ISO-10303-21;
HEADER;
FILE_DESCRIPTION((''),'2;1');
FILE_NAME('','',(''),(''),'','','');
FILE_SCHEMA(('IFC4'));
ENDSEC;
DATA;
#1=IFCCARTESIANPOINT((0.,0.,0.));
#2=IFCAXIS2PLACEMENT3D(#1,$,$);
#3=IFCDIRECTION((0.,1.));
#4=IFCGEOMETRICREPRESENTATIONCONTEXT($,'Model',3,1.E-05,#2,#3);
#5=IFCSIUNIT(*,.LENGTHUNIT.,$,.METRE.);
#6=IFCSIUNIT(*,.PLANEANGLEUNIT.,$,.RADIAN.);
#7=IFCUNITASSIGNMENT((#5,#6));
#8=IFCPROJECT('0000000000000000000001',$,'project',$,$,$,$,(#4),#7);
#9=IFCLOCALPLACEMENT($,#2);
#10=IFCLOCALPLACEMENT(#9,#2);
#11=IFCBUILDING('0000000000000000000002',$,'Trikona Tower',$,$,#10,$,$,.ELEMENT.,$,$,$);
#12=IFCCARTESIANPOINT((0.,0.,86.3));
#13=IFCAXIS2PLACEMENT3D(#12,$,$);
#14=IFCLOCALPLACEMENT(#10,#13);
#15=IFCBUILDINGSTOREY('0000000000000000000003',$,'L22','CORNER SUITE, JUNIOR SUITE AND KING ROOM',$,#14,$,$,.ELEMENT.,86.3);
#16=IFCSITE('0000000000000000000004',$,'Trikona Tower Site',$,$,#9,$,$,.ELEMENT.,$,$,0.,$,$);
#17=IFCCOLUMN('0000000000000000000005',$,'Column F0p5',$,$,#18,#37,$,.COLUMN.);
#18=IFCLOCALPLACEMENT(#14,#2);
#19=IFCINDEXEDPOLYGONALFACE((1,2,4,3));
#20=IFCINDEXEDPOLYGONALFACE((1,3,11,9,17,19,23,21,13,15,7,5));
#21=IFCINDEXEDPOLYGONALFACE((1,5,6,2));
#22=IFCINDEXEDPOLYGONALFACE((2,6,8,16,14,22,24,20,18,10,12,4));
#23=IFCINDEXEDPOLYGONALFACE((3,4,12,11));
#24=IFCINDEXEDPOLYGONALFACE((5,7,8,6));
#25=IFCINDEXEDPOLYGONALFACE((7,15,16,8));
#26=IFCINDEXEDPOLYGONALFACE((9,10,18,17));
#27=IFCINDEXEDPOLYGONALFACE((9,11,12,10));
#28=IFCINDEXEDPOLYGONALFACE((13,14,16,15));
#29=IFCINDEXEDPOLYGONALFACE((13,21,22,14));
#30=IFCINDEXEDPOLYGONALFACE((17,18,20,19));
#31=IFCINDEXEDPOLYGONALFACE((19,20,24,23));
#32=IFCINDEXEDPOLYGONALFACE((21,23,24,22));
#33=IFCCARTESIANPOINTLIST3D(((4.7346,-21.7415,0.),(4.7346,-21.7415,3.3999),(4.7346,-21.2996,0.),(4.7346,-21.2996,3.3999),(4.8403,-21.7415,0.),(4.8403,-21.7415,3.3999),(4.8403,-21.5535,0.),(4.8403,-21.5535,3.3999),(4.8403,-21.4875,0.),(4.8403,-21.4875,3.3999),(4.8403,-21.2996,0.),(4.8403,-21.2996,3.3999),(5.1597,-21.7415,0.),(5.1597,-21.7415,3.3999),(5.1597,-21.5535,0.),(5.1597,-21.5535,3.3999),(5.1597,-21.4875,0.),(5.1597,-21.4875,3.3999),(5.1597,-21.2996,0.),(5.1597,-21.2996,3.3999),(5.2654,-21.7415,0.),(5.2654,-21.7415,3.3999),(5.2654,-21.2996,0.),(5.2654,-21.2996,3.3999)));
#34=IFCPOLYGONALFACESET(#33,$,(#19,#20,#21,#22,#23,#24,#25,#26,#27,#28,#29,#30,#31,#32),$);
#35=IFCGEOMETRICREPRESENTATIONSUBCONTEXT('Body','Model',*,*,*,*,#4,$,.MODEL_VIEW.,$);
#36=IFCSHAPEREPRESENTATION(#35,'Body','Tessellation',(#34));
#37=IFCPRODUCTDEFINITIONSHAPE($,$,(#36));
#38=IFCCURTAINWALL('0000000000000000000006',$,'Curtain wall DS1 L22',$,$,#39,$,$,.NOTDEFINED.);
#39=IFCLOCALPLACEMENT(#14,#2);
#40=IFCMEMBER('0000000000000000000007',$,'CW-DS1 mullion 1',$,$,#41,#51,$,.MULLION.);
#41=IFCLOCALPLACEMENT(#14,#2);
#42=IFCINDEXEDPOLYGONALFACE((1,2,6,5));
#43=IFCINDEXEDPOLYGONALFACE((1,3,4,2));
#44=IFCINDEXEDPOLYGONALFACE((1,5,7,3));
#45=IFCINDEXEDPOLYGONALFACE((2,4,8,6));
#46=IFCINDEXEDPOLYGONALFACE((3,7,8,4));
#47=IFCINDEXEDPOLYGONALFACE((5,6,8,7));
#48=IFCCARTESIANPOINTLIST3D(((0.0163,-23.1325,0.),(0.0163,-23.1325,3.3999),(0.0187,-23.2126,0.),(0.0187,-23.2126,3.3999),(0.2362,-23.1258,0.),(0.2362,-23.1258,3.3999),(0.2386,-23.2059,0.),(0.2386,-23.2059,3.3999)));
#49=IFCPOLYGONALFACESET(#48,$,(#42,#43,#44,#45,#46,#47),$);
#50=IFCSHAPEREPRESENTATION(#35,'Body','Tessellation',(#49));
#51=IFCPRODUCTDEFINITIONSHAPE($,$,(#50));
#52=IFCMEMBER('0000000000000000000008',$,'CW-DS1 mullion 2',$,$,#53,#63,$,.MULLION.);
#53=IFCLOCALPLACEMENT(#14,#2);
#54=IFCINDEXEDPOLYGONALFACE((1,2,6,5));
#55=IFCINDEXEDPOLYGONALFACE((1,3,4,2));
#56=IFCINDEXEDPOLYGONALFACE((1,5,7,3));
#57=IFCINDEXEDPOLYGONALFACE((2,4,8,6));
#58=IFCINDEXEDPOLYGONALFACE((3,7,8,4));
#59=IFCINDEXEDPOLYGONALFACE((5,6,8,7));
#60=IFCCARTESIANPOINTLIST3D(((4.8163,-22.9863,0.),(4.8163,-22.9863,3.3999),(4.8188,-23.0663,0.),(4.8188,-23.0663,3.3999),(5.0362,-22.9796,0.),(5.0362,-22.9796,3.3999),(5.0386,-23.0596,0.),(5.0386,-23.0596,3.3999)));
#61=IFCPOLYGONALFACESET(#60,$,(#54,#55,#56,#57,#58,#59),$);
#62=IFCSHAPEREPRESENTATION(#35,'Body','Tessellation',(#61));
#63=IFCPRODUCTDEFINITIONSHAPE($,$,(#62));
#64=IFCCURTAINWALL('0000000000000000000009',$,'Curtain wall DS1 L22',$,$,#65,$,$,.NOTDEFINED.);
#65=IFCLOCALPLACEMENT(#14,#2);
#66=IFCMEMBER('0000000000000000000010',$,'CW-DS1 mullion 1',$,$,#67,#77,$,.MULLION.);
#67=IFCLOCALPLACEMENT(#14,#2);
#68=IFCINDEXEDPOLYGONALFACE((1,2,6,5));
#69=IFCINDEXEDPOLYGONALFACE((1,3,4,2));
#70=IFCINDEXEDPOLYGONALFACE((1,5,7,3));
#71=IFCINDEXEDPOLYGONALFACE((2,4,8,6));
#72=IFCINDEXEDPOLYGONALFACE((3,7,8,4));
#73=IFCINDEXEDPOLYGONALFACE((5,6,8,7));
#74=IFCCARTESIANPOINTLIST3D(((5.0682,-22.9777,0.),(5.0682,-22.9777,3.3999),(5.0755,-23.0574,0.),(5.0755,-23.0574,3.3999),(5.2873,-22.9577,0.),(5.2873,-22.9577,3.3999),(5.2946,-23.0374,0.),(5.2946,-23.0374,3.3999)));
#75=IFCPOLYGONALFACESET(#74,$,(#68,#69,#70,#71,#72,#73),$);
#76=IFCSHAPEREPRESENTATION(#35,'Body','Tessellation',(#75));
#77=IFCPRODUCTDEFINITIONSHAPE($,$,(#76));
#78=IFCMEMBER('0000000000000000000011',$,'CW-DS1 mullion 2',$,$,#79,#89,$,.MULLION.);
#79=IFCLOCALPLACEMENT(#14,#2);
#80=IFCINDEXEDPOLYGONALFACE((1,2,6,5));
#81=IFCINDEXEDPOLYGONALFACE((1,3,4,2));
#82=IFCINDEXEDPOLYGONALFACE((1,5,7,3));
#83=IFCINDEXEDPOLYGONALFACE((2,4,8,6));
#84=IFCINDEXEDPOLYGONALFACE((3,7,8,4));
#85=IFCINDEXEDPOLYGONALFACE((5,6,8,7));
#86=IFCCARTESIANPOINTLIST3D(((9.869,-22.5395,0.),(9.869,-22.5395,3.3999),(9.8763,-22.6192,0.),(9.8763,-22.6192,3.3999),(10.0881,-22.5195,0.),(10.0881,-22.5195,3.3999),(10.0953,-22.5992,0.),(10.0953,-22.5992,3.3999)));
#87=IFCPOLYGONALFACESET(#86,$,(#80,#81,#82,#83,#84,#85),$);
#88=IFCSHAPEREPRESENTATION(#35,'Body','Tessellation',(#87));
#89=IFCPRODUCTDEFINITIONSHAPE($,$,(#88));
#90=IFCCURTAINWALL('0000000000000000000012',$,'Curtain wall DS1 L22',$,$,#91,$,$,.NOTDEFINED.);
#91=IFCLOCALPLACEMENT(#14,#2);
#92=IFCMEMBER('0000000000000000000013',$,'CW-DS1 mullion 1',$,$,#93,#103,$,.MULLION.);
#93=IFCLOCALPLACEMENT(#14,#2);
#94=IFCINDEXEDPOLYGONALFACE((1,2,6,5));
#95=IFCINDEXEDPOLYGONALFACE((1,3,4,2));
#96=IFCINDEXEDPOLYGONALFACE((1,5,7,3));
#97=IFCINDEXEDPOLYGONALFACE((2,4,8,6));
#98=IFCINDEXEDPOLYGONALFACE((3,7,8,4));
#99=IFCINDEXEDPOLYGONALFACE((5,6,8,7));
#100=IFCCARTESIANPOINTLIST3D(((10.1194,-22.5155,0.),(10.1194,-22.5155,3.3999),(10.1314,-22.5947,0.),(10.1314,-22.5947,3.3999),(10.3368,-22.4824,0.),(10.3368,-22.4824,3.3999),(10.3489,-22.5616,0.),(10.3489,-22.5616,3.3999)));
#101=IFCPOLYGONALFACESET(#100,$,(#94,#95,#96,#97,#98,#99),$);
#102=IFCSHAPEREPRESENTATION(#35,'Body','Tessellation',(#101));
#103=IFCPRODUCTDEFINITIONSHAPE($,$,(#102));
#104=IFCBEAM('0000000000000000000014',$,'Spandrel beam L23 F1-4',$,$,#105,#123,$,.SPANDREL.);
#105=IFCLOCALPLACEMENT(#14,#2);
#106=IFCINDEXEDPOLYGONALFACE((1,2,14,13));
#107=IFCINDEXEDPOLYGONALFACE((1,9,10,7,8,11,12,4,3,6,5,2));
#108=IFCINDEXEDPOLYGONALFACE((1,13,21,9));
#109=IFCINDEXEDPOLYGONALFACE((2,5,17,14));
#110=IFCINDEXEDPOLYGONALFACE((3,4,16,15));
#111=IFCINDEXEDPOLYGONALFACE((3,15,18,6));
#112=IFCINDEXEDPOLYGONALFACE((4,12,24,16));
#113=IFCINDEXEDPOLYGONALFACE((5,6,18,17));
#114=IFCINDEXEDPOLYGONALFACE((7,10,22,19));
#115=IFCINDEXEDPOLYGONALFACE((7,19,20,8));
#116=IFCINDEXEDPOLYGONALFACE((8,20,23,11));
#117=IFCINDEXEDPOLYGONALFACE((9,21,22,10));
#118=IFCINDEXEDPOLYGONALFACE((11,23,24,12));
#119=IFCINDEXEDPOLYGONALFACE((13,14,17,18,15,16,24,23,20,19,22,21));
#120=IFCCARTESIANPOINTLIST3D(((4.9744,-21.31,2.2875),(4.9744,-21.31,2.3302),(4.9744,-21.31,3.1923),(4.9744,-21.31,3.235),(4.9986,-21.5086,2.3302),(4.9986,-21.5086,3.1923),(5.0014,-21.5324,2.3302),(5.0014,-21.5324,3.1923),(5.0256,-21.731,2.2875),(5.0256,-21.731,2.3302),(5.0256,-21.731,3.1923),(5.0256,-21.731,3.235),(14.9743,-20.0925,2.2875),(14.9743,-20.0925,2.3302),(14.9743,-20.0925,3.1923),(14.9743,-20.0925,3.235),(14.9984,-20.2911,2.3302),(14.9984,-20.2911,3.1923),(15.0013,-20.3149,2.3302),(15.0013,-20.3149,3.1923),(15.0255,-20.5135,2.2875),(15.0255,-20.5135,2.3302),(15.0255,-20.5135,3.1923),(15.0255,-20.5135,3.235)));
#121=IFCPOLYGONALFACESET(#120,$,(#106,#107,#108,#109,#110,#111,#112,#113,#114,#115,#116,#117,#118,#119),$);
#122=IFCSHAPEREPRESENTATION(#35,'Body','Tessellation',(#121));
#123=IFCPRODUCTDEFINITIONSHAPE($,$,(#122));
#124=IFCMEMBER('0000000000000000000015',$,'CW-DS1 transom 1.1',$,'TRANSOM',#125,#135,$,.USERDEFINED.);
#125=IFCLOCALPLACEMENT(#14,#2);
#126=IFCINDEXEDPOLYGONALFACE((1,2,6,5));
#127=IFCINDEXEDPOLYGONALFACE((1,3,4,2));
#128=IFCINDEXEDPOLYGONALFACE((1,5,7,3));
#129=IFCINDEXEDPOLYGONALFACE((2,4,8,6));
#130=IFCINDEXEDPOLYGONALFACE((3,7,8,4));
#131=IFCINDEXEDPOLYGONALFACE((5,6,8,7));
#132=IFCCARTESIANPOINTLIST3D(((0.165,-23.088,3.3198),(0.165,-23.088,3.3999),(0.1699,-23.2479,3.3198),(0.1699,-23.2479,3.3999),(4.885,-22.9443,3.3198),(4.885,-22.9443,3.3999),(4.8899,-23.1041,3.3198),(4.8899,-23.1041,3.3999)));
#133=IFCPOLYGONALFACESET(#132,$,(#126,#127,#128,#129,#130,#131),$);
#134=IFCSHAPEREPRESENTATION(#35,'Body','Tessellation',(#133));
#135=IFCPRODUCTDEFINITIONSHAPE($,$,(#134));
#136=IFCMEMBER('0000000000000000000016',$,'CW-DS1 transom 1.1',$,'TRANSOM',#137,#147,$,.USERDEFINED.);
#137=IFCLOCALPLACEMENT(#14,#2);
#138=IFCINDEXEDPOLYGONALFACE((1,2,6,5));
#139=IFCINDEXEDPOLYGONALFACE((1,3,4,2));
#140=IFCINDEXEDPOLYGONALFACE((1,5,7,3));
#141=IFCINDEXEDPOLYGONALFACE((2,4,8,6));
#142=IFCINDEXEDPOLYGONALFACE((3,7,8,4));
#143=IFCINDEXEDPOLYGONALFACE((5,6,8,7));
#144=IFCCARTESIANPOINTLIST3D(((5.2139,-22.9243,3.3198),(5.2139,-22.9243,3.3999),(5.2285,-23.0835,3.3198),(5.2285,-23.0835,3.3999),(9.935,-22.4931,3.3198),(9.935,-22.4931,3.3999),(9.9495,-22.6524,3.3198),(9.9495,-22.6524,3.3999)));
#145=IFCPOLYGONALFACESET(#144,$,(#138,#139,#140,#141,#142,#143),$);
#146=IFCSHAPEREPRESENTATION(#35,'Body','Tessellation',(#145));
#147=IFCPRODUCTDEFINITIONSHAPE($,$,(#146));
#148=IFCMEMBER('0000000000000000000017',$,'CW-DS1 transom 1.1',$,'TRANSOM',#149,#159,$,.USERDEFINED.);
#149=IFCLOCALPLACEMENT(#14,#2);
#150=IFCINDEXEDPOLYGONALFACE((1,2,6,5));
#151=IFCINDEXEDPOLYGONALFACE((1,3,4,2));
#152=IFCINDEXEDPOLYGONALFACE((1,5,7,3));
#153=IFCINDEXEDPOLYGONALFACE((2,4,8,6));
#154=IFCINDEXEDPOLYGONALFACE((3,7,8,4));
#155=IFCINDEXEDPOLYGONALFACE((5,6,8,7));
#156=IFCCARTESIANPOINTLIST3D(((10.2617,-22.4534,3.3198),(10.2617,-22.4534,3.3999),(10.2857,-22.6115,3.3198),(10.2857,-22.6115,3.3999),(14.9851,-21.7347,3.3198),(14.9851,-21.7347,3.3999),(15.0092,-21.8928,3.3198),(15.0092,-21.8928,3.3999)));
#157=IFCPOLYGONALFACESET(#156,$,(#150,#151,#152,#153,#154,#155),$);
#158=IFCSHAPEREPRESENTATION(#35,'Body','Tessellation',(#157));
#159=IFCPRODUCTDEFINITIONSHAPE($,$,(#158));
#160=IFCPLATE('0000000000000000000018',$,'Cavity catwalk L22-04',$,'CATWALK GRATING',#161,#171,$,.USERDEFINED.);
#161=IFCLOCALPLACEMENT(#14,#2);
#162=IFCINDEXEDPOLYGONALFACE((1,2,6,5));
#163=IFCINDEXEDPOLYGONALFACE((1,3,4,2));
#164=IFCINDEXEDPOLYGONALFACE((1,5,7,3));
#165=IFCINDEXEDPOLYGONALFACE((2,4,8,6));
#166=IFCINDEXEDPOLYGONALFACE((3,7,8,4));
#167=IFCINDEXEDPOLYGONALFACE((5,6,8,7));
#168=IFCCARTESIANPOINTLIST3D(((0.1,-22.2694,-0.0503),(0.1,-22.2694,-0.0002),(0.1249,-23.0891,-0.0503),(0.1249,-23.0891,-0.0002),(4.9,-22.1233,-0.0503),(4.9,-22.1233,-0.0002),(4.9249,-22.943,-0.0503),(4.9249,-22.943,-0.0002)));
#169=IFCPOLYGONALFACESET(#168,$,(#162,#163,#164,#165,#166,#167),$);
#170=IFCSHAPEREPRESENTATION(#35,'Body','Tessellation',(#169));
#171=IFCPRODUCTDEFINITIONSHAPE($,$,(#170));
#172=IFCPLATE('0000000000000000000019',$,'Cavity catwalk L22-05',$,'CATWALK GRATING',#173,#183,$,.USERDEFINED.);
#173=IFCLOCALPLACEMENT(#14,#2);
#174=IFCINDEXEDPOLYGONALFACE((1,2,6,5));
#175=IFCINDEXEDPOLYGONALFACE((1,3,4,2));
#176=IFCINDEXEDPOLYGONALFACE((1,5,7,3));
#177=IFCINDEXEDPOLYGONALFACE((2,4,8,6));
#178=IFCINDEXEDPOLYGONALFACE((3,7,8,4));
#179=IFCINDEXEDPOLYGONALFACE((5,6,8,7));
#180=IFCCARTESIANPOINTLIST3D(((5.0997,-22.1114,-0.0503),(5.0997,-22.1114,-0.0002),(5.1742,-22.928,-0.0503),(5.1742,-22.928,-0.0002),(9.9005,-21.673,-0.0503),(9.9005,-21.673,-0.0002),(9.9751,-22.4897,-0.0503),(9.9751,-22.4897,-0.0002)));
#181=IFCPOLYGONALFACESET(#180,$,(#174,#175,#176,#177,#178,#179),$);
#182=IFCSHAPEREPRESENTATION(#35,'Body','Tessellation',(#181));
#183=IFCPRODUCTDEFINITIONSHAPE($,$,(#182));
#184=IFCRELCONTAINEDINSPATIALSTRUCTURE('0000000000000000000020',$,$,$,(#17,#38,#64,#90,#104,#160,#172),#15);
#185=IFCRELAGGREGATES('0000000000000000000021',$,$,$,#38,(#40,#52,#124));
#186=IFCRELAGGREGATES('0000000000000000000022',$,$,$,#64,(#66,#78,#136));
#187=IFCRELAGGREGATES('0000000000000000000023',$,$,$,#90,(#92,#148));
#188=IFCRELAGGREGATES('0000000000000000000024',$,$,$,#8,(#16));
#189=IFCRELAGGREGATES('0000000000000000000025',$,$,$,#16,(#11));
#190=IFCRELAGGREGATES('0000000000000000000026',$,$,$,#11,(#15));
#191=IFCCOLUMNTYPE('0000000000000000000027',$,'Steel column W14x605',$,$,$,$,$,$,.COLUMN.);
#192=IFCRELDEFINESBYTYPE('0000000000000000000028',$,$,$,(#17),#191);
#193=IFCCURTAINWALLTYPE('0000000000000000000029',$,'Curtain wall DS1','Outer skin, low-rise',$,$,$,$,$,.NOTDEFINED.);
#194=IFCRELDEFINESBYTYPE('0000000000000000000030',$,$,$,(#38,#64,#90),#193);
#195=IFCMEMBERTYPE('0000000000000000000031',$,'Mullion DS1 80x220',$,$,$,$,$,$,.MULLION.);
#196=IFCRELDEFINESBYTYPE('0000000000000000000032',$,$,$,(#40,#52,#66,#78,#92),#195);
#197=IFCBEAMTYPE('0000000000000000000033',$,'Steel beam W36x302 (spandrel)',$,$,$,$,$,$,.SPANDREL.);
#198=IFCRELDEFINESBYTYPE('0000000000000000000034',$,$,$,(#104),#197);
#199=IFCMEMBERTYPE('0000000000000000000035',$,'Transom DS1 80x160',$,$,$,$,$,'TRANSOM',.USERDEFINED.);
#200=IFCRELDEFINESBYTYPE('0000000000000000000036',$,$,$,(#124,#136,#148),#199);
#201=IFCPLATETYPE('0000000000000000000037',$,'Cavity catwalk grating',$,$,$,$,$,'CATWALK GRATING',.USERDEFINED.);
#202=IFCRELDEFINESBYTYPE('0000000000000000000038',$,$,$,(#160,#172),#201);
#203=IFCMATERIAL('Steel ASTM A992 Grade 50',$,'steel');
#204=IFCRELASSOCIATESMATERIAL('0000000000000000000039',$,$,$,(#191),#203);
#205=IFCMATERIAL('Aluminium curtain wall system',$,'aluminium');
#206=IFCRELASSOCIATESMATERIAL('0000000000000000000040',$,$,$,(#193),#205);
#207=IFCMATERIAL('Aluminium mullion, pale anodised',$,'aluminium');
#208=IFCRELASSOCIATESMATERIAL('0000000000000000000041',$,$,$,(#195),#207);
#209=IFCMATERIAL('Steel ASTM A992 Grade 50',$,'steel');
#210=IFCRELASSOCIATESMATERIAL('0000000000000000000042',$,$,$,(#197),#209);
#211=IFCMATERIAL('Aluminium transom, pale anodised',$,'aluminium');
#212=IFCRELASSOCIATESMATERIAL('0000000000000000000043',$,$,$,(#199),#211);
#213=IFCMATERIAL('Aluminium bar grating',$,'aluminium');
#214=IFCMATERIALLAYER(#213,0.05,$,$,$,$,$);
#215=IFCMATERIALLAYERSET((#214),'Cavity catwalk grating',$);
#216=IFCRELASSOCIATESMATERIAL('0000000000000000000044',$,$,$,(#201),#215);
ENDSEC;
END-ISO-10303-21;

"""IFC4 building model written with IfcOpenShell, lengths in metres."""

from ifc_helpers import new_model, si_unit, direction, frame, origin, origin_2d, place, context, subcontext, project, spatial, rectangle, i_section, extrude, material, layer, layer_set, material_profile, profile_set, type_object, element, aggregate, save


model = new_model("IFC4")

# Units and contexts
model_context = context("Model", 3, precision=1e-05, world=origin(), true_north=direction((0.0, 1.0)))
body_context = subcontext(model_context, "Body", "Model", "MODEL_VIEW")
ifc_project = project(units=[si_unit("LENGTHUNIT", "METRE"), si_unit("PLANEANGLEUNIT", "RADIAN")], contexts=[model_context])

# Site, building, storey
site_placement = place(None, origin())
site = spatial("IfcSite", under=ifc_project, at=site_placement, Name="Trikona Tower Site", CompositionType="ELEMENT", RefElevation=0.0)
building_placement = place(site_placement, origin())
building = spatial("IfcBuilding", under=site, at=building_placement, Name="Trikona Tower", CompositionType="ELEMENT")
storey_placement = place(building_placement, frame((0.0, 0.0, 86.3)))
storey = spatial("IfcBuildingStorey", under=building, at=storey_placement, Name="L22", Description="CORNER SUITE, JUNIOR SUITE AND KING ROOM", CompositionType="ELEMENT", Elevation=86.3)

# Column
ifc_material_1 = material(Name="Steel ASTM A992 Grade 50", Category="steel")
ifc_material_profile_1 = material_profile(ifc_material_1, i_section(OverallWidth=0.4419, OverallDepth=0.5308, WebThickness=0.0659, FlangeThickness=0.1057, at=origin_2d()), Name="W14X605")
ifc_profile_set_1 = profile_set([ifc_material_profile_1], Name="Steel ASTM A992 Grade 50")
column_type = type_object("IfcColumnType", Name="Steel column W14x605", PredefinedType="COLUMN", material=ifc_profile_set_1)
column_placement = place(storey_placement, frame((5.0, -21.5205, 0.0), z_axis=(0.0, 0.0, 1.0), x_axis=(0.0, -1.0, 0.0)))
element("IfcColumn", 1, at=column_placement, inside=storey, type_object=column_type, Name="Column F0p5", PredefinedType="COLUMN", context=body_context, shape_type="SweptSolid", body=[
    extrude(i_section(OverallWidth=0.4419, OverallDepth=0.5308, WebThickness=0.0659, FlangeThickness=0.1057, at=origin_2d()), origin(), (0.0, 0.0, 1.0), 3.3999),
])

# Curtain walls, members
ifc_material_2 = material(Name="Aluminium curtain wall system", Category="aluminium")
curtain_wall_type = type_object("IfcCurtainWallType", Name="Curtain wall DS1", Description="Outer skin, low-rise", PredefinedType="NOTDEFINED", material=ifc_material_2)
curtain_wall_1_placement = place(storey_placement, origin())
curtain_wall_1 = element("IfcCurtainWall", 2, at=curtain_wall_1_placement, inside=storey, type_object=curtain_wall_type, Name="Curtain wall DS1 L22", PredefinedType="NOTDEFINED")
ifc_material_3 = material(Name="Aluminium mullion, pale anodised", Category="aluminium")
ifc_material_profile_2 = material_profile(ifc_material_3, rectangle(XDim=0.0801, YDim=0.22, at=origin_2d()), Name="MUL-DS1")
ifc_profile_set_2 = profile_set([ifc_material_profile_2], Name="Aluminium mullion, pale anodised")
member_type_1 = type_object("IfcMemberType", Name="Mullion DS1 80x220", PredefinedType="MULLION", material=ifc_profile_set_2)
member_1_placement = place(storey_placement, frame((0.1274, -23.1692, 0.0), z_axis=(0.0, 0.0, 1.0), x_axis=(-0.030437, 0.999537, 0.0)))
member_1 = element("IfcMember", 3, at=member_1_placement, type_object=member_type_1, Name="CW-DS1 mullion 1", PredefinedType="MULLION", context=body_context, shape_type="SweptSolid", body=[
    extrude(rectangle(XDim=0.0801, YDim=0.22, at=origin_2d()), origin(), (0.0, 0.0, 1.0), 3.3999),
])
member_2_placement = place(storey_placement, frame((4.9275, -23.0229, 0.0), z_axis=(0.0, 0.0, 1.0), x_axis=(-0.030437, 0.999537, 0.0)))
member_2 = element("IfcMember", 4, at=member_2_placement, type_object=member_type_1, Name="CW-DS1 mullion 2", PredefinedType="MULLION", context=body_context, shape_type="SweptSolid", body=[
    extrude(rectangle(XDim=0.0801, YDim=0.22, at=origin_2d()), origin(), (0.0, 0.0, 1.0), 3.3999),
])
curtain_wall_2_placement = place(storey_placement, origin())
curtain_wall_2 = element("IfcCurtainWall", 5, at=curtain_wall_2_placement, inside=storey, type_object=curtain_wall_type, Name="Curtain wall DS1 L22", PredefinedType="NOTDEFINED")
member_3_placement = place(storey_placement, frame((5.1814, -23.0076, 0.0), z_axis=(0.0, 0.0, 1.0), x_axis=(-0.090924, 0.995858, 0.0)))
member_3 = element("IfcMember", 6, at=member_3_placement, type_object=member_type_1, Name="CW-DS1 mullion 1", PredefinedType="MULLION", context=body_context, shape_type="SweptSolid", body=[
    extrude(rectangle(XDim=0.0801, YDim=0.22, at=origin_2d()), origin(), (0.0, 0.0, 1.0), 3.3999),
])
member_4_placement = place(storey_placement, frame((9.9822, -22.5693, 0.0), z_axis=(0.0, 0.0, 1.0), x_axis=(-0.090924, 0.995858, 0.0)))
member_4 = element("IfcMember", 7, at=member_4_placement, type_object=member_type_1, Name="CW-DS1 mullion 2", PredefinedType="MULLION", context=body_context, shape_type="SweptSolid", body=[
    extrude(rectangle(XDim=0.0801, YDim=0.22, at=origin_2d()), origin(), (0.0, 0.0, 1.0), 3.3999),
])

# Curtain wall, member
curtain_wall_3_placement = place(storey_placement, origin())
curtain_wall_3 = element("IfcCurtainWall", 8, at=curtain_wall_3_placement, inside=storey, type_object=curtain_wall_type, Name="Curtain wall DS1 L22", PredefinedType="NOTDEFINED")
member_5_placement = place(storey_placement, frame((10.2341, -22.5386, 0.0), z_axis=(0.0, 0.0, 1.0), x_axis=(-0.150438, 0.988619, 0.0)))
member_5 = element("IfcMember", 9, at=member_5_placement, type_object=member_type_1, Name="CW-DS1 mullion 1", PredefinedType="MULLION", context=body_context, shape_type="SweptSolid", body=[
    extrude(rectangle(XDim=0.0801, YDim=0.22, at=origin_2d()), origin(), (0.0, 0.0, 1.0), 3.3999),
])

# Beam
ifc_material_4 = material(Name="Steel ASTM A992 Grade 50", Category="steel")
ifc_material_profile_3 = material_profile(ifc_material_4, i_section(OverallWidth=0.4241, OverallDepth=0.9475, WebThickness=0.0239, FlangeThickness=0.0427, at=origin_2d()), Name="W36X302")
ifc_profile_set_3 = profile_set([ifc_material_profile_3], Name="Steel ASTM A992 Grade 50")
beam_type = type_object("IfcBeamType", Name="Steel beam W36x302 (spandrel)", PredefinedType="SPANDREL", material=ifc_profile_set_3)
beam_placement = place(storey_placement, frame((5.0, -21.5205, 2.7612), z_axis=(0.99267, 0.12086, 0.0), x_axis=(-0.12086, 0.99267, 0.0)))
element("IfcBeam", 10, at=beam_placement, inside=storey, type_object=beam_type, Name="Spandrel beam L23 F1-4", PredefinedType="SPANDREL", context=body_context, shape_type="SweptSolid", body=[
    extrude(i_section(OverallWidth=0.4241, OverallDepth=0.9475, WebThickness=0.0239, FlangeThickness=0.0427, at=origin_2d()), origin(), (0.0, 0.0, 1.0), 10.0737),
])

# Members
ifc_material_5 = material(Name="Aluminium transom, pale anodised", Category="aluminium")
ifc_material_profile_4 = material_profile(ifc_material_5, rectangle(XDim=0.1599, YDim=0.0801, at=origin_2d()), Name="TRN-DS1")
ifc_profile_set_4 = profile_set([ifc_material_profile_4], Name="Aluminium transom, pale anodised")
member_type_2 = type_object("IfcMemberType", Name="Transom DS1 80x160", ElementType="TRANSOM", PredefinedType="USERDEFINED", material=ifc_profile_set_4)
member_6_placement = place(storey_placement, frame((0.1675, -23.168, 3.3599), z_axis=(0.999536, 0.030452, 0.0), x_axis=(-0.030452, 0.999536, 0.0)))
member_6 = element("IfcMember", 11, at=member_6_placement, type_object=member_type_2, Name="CW-DS1 transom 1.1", ObjectType="TRANSOM", PredefinedType="USERDEFINED", context=body_context, shape_type="SweptSolid", body=[
    extrude(rectangle(XDim=0.1599, YDim=0.0801, at=origin_2d()), origin(), (0.0, 0.0, 1.0), 4.7222),
])
member_7_placement = place(storey_placement, frame((5.2212, -23.0039, 3.3599), z_axis=(0.995856, 0.090944, 0.0), x_axis=(-0.090944, 0.995856, 0.0)))
member_7 = element("IfcMember", 12, at=member_7_placement, type_object=member_type_2, Name="CW-DS1 transom 1.1", ObjectType="TRANSOM", PredefinedType="USERDEFINED", context=body_context, shape_type="SweptSolid", body=[
    extrude(rectangle(XDim=0.1599, YDim=0.0801, at=origin_2d()), origin(), (0.0, 0.0, 1.0), 4.7407),
])
member_8_placement = place(storey_placement, frame((10.2737, -22.5325, 3.3599), z_axis=(0.98862, 0.150437, 0.0), x_axis=(-0.150437, 0.98862, 0.0)))
member_8 = element("IfcMember", 13, at=member_8_placement, type_object=member_type_2, Name="CW-DS1 transom 1.1", ObjectType="TRANSOM", PredefinedType="USERDEFINED", context=body_context, shape_type="SweptSolid", body=[
    extrude(rectangle(XDim=0.1599, YDim=0.0801, at=origin_2d()), origin(), (0.0, 0.0, 1.0), 4.7778),
])

# Plates
ifc_material_6 = material(Name="Aluminium bar grating", Category="aluminium")
ifc_layer_1 = layer(ifc_material_6, 0.05)
ifc_layer_set_1 = layer_set([ifc_layer_1], Name="Cavity catwalk grating")
plate_type_1 = type_object("IfcPlateType", Name="Cavity catwalk grating", ElementType="CATWALK GRATING", PredefinedType="USERDEFINED", material=ifc_layer_set_1)
plate_1_placement = place(storey_placement, frame((2.5125, -22.6062, -0.0503), z_axis=(0.0, 0.0, 1.0), x_axis=(0.999537, 0.030425, 0.0)))
element("IfcPlate", 14, at=plate_1_placement, inside=storey, type_object=plate_type_1, Name="Cavity catwalk L22-04", ObjectType="CATWALK GRATING", PredefinedType="USERDEFINED", context=body_context, shape_type="SweptSolid", body=[
    extrude(rectangle(XDim=4.8022, YDim=0.8201, at=origin_2d()), origin(), (0.0, 0.0, 1.0), 0.05),
])
plate_2_placement = place(storey_placement, frame((7.5374, -22.3005, -0.0503), z_axis=(0.0, 0.0, 1.0), x_axis=(0.995858, 0.090921, 0.0)))
element("IfcPlate", 15, at=plate_2_placement, inside=storey, type_object=plate_type_1, Name="Cavity catwalk L22-05", ObjectType="CATWALK GRATING", PredefinedType="USERDEFINED", context=body_context, shape_type="SweptSolid", body=[
    extrude(rectangle(XDim=4.8208, YDim=0.8201, at=origin_2d()), origin(), (0.0, 0.0, 1.0), 0.05),
])

aggregate(curtain_wall_1, [member_1, member_2, member_6])
aggregate(curtain_wall_2, [member_3, member_4, member_7])
aggregate(curtain_wall_3, [member_5, member_8])

save(model, "model.ifc")
